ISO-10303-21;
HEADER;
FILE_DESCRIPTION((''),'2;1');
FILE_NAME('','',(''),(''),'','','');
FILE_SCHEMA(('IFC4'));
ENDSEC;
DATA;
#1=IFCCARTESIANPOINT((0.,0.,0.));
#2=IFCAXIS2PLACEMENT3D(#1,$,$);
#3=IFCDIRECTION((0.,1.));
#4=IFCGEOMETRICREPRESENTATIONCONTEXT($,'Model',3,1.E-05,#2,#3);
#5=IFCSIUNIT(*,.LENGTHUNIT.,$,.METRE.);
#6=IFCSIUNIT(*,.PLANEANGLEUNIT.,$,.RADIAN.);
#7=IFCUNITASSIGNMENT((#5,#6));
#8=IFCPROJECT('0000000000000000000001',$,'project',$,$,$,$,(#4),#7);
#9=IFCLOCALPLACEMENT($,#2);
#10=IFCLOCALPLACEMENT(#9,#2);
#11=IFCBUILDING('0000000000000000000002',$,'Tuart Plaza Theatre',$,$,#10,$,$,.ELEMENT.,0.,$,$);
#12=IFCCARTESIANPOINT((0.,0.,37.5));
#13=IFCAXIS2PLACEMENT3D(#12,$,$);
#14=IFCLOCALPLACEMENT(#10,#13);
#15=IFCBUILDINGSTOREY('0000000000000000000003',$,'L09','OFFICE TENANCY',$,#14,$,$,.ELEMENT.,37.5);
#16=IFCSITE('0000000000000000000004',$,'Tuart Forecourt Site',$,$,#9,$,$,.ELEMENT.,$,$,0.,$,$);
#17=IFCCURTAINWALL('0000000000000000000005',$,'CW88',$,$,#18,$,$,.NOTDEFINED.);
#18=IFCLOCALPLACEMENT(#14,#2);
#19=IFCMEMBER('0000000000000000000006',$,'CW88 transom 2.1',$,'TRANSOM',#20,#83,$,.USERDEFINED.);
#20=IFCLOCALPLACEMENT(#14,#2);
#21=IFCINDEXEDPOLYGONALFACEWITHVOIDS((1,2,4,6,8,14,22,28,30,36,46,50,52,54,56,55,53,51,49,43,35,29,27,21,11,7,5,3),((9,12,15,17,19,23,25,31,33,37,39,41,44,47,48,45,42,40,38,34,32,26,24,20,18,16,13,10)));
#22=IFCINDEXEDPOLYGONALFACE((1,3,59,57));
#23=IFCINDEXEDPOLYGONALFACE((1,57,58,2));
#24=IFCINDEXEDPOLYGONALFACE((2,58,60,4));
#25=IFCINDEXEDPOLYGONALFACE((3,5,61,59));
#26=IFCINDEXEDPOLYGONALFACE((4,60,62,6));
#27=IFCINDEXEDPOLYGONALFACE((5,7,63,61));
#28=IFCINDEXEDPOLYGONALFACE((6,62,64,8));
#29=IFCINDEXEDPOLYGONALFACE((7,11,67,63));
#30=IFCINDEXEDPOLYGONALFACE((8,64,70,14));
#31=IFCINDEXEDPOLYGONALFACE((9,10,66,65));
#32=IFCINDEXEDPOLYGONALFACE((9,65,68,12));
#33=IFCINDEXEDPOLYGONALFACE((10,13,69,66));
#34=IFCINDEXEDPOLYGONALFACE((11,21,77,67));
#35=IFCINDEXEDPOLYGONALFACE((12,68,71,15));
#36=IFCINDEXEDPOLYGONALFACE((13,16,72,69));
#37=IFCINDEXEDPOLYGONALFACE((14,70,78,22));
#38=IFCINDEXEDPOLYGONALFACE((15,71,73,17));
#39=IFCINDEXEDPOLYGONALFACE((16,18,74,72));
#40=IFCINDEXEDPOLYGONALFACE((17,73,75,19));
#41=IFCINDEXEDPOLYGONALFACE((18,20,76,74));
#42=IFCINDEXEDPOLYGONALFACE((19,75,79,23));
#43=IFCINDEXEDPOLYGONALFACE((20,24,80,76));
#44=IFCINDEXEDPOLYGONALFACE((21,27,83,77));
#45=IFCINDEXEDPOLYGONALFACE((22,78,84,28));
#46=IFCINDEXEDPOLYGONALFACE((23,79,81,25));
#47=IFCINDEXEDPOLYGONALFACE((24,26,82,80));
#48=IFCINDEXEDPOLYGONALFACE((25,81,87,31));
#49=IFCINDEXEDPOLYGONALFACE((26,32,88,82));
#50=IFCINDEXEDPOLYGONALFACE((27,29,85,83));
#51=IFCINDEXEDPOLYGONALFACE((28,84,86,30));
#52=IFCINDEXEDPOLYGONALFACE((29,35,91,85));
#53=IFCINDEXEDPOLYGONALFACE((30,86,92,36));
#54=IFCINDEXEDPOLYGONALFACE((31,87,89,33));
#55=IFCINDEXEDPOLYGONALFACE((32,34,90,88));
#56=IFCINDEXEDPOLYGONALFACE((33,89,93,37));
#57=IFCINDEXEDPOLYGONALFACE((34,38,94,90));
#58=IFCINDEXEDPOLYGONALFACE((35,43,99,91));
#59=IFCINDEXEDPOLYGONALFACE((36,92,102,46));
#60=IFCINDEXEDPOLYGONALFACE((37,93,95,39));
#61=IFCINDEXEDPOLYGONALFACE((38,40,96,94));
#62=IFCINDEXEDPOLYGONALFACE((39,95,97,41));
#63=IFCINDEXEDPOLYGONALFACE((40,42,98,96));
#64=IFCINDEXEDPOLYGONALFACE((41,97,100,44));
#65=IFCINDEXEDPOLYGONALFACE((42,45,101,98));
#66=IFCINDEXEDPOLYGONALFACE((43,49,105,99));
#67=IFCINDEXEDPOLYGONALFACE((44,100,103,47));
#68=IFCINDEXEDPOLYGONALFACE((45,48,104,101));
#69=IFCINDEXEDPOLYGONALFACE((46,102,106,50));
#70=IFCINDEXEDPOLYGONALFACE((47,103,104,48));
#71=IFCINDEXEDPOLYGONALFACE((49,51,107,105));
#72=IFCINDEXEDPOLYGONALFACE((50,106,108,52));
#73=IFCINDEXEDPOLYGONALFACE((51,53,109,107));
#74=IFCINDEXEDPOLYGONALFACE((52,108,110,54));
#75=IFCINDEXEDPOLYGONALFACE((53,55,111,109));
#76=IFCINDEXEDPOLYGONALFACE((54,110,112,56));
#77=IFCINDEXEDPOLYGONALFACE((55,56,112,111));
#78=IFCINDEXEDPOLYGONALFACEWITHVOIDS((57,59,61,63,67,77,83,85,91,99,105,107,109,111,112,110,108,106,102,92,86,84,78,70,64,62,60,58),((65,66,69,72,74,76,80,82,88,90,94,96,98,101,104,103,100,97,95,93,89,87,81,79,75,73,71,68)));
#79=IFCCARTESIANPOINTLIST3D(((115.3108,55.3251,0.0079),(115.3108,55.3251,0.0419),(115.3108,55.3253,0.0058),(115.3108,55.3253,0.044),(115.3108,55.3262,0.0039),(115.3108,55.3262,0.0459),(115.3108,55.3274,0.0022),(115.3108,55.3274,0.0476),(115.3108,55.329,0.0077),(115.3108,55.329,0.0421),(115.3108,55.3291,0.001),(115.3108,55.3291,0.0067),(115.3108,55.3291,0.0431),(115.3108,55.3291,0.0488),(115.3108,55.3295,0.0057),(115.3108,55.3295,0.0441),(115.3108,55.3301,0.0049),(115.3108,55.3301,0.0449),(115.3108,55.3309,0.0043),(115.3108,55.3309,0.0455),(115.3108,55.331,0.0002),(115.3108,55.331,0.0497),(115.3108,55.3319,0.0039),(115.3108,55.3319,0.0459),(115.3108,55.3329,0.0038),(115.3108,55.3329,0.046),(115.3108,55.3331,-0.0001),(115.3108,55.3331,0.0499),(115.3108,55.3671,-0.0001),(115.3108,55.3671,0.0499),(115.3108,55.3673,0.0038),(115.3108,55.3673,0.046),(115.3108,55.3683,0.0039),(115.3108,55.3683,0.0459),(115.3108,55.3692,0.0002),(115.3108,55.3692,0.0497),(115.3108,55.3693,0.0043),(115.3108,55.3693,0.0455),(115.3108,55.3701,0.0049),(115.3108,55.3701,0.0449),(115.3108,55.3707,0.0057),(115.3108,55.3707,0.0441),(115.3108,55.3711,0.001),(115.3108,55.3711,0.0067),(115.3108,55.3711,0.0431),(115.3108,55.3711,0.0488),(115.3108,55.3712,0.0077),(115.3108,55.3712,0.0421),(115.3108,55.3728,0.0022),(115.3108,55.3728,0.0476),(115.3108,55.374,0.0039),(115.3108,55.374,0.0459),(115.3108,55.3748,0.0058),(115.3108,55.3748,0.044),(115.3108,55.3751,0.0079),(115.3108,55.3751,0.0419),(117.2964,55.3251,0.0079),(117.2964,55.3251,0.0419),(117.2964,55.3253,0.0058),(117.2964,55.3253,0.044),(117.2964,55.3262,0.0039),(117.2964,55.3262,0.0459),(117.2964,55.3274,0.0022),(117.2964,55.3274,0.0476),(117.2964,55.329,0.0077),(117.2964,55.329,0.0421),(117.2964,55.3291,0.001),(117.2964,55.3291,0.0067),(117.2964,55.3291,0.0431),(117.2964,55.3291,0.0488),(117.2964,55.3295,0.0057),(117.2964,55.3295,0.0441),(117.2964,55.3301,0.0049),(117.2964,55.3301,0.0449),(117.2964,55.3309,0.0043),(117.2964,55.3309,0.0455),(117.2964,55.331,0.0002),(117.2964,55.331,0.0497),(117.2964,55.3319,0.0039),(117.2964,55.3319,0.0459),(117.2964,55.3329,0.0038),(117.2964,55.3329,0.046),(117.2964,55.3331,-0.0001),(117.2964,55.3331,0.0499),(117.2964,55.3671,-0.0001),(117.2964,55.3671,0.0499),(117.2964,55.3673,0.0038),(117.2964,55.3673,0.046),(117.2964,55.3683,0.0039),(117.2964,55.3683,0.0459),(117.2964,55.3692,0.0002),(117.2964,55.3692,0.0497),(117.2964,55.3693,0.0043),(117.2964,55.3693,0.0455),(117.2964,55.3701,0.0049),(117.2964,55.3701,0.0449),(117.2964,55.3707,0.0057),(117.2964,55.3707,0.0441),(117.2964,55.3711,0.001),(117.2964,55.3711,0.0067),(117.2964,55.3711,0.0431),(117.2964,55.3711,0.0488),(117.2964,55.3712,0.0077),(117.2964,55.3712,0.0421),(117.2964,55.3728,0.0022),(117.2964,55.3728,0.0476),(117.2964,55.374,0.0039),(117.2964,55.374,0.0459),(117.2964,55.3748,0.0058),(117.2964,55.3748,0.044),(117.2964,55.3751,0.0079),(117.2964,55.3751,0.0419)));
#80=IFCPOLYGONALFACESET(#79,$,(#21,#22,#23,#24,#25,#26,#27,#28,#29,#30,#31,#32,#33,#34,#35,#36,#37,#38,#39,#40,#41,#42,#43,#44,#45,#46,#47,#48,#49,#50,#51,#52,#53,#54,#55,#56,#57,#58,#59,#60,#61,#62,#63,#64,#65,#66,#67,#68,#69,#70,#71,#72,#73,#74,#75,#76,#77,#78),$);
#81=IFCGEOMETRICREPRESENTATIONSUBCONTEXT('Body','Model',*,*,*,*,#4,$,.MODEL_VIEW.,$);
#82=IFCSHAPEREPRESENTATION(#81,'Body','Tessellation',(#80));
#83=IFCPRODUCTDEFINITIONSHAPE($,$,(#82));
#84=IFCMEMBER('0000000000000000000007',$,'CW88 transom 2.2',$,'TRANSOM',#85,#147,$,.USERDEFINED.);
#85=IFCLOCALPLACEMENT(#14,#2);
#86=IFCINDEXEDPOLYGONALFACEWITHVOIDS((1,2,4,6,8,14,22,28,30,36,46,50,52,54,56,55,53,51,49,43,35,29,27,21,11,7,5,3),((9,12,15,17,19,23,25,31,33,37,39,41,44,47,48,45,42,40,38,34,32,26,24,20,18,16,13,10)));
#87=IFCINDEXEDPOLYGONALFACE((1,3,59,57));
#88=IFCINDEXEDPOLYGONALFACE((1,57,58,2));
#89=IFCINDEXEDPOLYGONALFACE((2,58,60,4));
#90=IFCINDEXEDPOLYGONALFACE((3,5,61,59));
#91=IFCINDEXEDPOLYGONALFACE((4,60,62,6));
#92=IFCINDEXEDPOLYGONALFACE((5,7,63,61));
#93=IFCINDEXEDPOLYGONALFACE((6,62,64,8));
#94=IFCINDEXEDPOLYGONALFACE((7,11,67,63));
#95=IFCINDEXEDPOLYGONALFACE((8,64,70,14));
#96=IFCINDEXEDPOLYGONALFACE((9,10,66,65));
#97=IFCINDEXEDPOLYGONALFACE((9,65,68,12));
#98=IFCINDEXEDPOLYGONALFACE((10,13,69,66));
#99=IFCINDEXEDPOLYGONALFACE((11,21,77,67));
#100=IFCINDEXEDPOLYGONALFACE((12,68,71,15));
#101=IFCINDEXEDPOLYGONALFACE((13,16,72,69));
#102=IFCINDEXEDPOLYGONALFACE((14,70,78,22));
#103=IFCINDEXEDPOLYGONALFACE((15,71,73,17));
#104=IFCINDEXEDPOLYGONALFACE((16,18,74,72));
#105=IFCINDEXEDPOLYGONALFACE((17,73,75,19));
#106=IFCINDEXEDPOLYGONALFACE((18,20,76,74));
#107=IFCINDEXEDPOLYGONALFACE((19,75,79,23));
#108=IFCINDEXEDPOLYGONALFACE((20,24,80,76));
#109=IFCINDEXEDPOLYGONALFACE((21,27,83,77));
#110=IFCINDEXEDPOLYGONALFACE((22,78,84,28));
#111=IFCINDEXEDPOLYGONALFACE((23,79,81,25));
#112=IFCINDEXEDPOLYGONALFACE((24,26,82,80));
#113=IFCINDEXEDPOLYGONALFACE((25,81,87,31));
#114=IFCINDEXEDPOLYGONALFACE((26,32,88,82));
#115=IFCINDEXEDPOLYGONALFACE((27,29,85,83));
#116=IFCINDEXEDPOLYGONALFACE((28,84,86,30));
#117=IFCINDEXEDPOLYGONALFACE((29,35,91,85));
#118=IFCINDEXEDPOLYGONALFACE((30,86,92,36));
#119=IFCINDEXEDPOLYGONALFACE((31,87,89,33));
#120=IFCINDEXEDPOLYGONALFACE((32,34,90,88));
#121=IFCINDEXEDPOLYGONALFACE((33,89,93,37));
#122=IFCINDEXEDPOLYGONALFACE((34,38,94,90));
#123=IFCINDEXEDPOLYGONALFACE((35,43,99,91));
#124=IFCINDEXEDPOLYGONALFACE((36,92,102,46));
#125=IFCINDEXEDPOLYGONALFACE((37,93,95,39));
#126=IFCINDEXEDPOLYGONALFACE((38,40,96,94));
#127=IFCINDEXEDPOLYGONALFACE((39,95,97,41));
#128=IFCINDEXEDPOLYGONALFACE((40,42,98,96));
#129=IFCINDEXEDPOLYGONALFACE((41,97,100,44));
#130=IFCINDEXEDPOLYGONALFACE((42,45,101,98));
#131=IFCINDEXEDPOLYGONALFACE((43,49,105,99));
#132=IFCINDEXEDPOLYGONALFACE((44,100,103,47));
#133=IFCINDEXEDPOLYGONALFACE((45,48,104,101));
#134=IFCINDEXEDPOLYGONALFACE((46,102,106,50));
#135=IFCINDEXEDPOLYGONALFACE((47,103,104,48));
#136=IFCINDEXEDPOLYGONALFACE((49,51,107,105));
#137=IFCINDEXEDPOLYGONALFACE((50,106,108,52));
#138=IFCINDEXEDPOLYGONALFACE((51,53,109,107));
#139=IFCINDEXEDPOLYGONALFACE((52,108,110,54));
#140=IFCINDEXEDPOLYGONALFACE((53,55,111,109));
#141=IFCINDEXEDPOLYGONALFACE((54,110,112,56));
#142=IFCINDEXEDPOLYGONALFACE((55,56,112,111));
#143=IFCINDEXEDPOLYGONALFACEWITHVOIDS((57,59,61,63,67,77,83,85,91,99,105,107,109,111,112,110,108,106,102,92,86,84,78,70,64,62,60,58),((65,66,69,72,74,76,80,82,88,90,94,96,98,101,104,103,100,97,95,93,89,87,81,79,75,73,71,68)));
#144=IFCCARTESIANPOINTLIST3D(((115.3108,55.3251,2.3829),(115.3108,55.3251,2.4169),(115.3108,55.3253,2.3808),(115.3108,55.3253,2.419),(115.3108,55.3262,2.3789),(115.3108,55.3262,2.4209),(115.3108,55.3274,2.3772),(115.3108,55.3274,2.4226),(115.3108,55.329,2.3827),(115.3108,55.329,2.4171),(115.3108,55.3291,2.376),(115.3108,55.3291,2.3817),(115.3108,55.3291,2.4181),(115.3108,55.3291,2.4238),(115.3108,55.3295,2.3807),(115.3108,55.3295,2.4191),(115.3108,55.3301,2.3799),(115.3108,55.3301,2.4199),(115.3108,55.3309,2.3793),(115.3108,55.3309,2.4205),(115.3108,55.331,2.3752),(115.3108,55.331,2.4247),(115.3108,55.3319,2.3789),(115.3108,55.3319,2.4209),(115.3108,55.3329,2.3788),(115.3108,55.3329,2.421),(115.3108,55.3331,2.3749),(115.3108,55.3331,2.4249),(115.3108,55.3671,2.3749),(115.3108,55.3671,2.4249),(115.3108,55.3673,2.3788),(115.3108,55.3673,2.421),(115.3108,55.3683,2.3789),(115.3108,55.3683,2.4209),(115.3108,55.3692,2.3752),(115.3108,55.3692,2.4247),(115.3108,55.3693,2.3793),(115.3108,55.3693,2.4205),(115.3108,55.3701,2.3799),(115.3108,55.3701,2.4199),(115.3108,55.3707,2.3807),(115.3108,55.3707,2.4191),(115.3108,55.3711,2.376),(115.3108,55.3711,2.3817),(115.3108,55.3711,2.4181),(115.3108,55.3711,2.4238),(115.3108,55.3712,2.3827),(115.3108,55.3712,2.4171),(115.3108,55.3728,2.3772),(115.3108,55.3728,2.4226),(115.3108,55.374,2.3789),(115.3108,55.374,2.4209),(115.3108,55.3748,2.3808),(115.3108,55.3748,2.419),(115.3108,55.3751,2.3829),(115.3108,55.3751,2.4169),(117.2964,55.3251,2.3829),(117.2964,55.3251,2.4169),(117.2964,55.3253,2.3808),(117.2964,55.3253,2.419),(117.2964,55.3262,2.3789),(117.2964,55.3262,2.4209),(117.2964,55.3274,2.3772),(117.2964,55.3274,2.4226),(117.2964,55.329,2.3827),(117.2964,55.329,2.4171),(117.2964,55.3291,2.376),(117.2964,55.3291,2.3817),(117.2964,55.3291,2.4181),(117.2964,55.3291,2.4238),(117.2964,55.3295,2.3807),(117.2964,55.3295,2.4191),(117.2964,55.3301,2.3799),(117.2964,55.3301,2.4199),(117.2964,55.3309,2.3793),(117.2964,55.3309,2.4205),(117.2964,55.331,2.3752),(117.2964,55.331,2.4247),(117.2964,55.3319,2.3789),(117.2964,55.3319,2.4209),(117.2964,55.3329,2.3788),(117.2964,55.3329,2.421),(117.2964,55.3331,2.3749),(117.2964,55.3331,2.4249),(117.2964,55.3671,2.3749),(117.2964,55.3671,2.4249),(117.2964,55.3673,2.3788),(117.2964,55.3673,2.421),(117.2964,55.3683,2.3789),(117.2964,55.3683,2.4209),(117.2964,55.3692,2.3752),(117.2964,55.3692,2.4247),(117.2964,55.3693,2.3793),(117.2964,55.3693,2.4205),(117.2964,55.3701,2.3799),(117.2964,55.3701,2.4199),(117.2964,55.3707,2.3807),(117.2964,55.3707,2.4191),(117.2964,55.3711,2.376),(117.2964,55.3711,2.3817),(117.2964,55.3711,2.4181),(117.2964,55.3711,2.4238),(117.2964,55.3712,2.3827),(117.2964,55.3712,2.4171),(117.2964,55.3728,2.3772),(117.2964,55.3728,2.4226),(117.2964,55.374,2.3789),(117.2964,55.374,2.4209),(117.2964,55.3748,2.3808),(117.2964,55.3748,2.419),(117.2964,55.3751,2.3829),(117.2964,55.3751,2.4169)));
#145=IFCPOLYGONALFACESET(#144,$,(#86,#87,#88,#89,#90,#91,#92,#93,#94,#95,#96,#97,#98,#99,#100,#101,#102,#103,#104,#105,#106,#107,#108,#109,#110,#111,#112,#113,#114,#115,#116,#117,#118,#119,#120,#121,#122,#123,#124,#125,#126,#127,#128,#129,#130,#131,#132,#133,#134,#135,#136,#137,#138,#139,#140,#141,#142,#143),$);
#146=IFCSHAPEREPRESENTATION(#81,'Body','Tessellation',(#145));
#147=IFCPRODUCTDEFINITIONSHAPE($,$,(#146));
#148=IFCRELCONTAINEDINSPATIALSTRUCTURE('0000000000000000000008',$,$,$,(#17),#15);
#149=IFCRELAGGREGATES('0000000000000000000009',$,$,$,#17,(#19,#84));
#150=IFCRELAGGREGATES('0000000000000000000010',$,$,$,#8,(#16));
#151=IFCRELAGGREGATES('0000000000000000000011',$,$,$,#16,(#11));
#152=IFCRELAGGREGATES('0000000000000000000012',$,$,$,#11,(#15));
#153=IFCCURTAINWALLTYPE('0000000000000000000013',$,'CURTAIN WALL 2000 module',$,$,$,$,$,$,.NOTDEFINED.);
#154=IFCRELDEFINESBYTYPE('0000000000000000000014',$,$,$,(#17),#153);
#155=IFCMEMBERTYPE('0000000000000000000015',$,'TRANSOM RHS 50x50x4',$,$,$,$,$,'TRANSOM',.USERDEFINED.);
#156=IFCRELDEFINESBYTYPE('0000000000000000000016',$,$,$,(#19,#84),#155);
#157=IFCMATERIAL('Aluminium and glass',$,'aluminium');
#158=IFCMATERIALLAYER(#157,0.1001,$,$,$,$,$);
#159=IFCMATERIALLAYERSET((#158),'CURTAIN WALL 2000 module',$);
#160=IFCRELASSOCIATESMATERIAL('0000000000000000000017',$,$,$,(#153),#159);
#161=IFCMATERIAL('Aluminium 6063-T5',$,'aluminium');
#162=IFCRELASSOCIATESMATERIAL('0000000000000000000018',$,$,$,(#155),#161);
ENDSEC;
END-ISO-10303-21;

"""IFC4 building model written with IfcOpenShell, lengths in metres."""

from ifc_helpers import new_model, si_unit, direction, frame, origin, origin_2d, place, context, subcontext, project, spatial, hollow_rectangle, extrude, material, layer, layer_set, material_profile, profile_set, type_object, element, aggregate, save


model = new_model("IFC4")

# Units and contexts
model_context = context("Model", 3, precision=1e-05, world=origin(), true_north=direction((0.0, 1.0)))
body_context = subcontext(model_context, "Body", "Model", "MODEL_VIEW")
ifc_project = project(units=[si_unit("LENGTHUNIT", "METRE"), si_unit("PLANEANGLEUNIT", "RADIAN")], contexts=[model_context])

# Site, building, storey
site_placement = place(None, origin())
site = spatial("IfcSite", under=ifc_project, at=site_placement, Name="Tuart Forecourt Site", CompositionType="ELEMENT", RefElevation=0.0)
building_placement = place(site_placement, origin())
building = spatial("IfcBuilding", under=site, at=building_placement, Name="Tuart Plaza Theatre", CompositionType="ELEMENT", ElevationOfRefHeight=0.0)
storey_placement = place(building_placement, frame((0.0, 0.0, 37.5)))
storey = spatial("IfcBuildingStorey", under=building, at=storey_placement, Name="L09", Description="OFFICE TENANCY", CompositionType="ELEMENT", Elevation=37.5)

# Curtain wall, members
ifc_material_1 = material(Name="Aluminium and glass", Category="aluminium")
ifc_layer_1 = layer(ifc_material_1, 0.1001)
ifc_layer_set_1 = layer_set([ifc_layer_1], Name="CURTAIN WALL 2000 module")
curtain_wall_type = type_object("IfcCurtainWallType", Name="CURTAIN WALL 2000 module", PredefinedType="NOTDEFINED", material=ifc_layer_set_1)
curtain_wall_placement = place(storey_placement, origin())
curtain_wall = element("IfcCurtainWall", 1, at=curtain_wall_placement, inside=storey, type_object=curtain_wall_type, Name="CW88", PredefinedType="NOTDEFINED")
ifc_material_2 = material(Name="Aluminium 6063-T5", Category="aluminium")
ifc_material_profile_1 = material_profile(ifc_material_2, hollow_rectangle(XDim=0.05, YDim=0.05, WallThickness=0.0039, InnerFilletRadius=0.0039, OuterFilletRadius=0.0081, at=origin_2d()), Name="RHS 50x50x4")
ifc_profile_set_1 = profile_set([ifc_material_profile_1], Name="Aluminium 6063-T5")
member_type_1 = type_object("IfcMemberType", Name="TRANSOM RHS 50x50x4", ElementType="TRANSOM", PredefinedType="USERDEFINED", material=ifc_profile_set_1)
member_1_placement = place(storey_placement, frame((115.3108, 55.3501, 0.0249), z_axis=(1.0, 0.0, 0.0), x_axis=(0.0, 1.0, 0.0)))
member_1 = element("IfcMember", 2, at=member_1_placement, type_object=member_type_1, Name="CW88 transom 2.1", ObjectType="TRANSOM", PredefinedType="USERDEFINED", context=body_context, shape_type="SweptSolid", body=[
    extrude(hollow_rectangle(XDim=0.05, YDim=0.05, WallThickness=0.0039, InnerFilletRadius=0.0039, OuterFilletRadius=0.0081, at=origin_2d()), origin(), (0.0, 0.0, 1.0), 1.9856),
])
member_2_placement = place(storey_placement, frame((115.3108, 55.3501, 2.3999), z_axis=(1.0, 0.0, 0.0), x_axis=(0.0, 1.0, 0.0)))
member_2 = element("IfcMember", 3, at=member_2_placement, type_object=member_type_1, Name="CW88 transom 2.2", ObjectType="TRANSOM", PredefinedType="USERDEFINED", context=body_context, shape_type="SweptSolid", body=[
    extrude(hollow_rectangle(XDim=0.05, YDim=0.05, WallThickness=0.0039, InnerFilletRadius=0.0039, OuterFilletRadius=0.0081, at=origin_2d()), origin(), (0.0, 0.0, 1.0), 1.9856),
])
aggregate(curtain_wall, [member_1, member_2])

save(model, "model.ifc")
